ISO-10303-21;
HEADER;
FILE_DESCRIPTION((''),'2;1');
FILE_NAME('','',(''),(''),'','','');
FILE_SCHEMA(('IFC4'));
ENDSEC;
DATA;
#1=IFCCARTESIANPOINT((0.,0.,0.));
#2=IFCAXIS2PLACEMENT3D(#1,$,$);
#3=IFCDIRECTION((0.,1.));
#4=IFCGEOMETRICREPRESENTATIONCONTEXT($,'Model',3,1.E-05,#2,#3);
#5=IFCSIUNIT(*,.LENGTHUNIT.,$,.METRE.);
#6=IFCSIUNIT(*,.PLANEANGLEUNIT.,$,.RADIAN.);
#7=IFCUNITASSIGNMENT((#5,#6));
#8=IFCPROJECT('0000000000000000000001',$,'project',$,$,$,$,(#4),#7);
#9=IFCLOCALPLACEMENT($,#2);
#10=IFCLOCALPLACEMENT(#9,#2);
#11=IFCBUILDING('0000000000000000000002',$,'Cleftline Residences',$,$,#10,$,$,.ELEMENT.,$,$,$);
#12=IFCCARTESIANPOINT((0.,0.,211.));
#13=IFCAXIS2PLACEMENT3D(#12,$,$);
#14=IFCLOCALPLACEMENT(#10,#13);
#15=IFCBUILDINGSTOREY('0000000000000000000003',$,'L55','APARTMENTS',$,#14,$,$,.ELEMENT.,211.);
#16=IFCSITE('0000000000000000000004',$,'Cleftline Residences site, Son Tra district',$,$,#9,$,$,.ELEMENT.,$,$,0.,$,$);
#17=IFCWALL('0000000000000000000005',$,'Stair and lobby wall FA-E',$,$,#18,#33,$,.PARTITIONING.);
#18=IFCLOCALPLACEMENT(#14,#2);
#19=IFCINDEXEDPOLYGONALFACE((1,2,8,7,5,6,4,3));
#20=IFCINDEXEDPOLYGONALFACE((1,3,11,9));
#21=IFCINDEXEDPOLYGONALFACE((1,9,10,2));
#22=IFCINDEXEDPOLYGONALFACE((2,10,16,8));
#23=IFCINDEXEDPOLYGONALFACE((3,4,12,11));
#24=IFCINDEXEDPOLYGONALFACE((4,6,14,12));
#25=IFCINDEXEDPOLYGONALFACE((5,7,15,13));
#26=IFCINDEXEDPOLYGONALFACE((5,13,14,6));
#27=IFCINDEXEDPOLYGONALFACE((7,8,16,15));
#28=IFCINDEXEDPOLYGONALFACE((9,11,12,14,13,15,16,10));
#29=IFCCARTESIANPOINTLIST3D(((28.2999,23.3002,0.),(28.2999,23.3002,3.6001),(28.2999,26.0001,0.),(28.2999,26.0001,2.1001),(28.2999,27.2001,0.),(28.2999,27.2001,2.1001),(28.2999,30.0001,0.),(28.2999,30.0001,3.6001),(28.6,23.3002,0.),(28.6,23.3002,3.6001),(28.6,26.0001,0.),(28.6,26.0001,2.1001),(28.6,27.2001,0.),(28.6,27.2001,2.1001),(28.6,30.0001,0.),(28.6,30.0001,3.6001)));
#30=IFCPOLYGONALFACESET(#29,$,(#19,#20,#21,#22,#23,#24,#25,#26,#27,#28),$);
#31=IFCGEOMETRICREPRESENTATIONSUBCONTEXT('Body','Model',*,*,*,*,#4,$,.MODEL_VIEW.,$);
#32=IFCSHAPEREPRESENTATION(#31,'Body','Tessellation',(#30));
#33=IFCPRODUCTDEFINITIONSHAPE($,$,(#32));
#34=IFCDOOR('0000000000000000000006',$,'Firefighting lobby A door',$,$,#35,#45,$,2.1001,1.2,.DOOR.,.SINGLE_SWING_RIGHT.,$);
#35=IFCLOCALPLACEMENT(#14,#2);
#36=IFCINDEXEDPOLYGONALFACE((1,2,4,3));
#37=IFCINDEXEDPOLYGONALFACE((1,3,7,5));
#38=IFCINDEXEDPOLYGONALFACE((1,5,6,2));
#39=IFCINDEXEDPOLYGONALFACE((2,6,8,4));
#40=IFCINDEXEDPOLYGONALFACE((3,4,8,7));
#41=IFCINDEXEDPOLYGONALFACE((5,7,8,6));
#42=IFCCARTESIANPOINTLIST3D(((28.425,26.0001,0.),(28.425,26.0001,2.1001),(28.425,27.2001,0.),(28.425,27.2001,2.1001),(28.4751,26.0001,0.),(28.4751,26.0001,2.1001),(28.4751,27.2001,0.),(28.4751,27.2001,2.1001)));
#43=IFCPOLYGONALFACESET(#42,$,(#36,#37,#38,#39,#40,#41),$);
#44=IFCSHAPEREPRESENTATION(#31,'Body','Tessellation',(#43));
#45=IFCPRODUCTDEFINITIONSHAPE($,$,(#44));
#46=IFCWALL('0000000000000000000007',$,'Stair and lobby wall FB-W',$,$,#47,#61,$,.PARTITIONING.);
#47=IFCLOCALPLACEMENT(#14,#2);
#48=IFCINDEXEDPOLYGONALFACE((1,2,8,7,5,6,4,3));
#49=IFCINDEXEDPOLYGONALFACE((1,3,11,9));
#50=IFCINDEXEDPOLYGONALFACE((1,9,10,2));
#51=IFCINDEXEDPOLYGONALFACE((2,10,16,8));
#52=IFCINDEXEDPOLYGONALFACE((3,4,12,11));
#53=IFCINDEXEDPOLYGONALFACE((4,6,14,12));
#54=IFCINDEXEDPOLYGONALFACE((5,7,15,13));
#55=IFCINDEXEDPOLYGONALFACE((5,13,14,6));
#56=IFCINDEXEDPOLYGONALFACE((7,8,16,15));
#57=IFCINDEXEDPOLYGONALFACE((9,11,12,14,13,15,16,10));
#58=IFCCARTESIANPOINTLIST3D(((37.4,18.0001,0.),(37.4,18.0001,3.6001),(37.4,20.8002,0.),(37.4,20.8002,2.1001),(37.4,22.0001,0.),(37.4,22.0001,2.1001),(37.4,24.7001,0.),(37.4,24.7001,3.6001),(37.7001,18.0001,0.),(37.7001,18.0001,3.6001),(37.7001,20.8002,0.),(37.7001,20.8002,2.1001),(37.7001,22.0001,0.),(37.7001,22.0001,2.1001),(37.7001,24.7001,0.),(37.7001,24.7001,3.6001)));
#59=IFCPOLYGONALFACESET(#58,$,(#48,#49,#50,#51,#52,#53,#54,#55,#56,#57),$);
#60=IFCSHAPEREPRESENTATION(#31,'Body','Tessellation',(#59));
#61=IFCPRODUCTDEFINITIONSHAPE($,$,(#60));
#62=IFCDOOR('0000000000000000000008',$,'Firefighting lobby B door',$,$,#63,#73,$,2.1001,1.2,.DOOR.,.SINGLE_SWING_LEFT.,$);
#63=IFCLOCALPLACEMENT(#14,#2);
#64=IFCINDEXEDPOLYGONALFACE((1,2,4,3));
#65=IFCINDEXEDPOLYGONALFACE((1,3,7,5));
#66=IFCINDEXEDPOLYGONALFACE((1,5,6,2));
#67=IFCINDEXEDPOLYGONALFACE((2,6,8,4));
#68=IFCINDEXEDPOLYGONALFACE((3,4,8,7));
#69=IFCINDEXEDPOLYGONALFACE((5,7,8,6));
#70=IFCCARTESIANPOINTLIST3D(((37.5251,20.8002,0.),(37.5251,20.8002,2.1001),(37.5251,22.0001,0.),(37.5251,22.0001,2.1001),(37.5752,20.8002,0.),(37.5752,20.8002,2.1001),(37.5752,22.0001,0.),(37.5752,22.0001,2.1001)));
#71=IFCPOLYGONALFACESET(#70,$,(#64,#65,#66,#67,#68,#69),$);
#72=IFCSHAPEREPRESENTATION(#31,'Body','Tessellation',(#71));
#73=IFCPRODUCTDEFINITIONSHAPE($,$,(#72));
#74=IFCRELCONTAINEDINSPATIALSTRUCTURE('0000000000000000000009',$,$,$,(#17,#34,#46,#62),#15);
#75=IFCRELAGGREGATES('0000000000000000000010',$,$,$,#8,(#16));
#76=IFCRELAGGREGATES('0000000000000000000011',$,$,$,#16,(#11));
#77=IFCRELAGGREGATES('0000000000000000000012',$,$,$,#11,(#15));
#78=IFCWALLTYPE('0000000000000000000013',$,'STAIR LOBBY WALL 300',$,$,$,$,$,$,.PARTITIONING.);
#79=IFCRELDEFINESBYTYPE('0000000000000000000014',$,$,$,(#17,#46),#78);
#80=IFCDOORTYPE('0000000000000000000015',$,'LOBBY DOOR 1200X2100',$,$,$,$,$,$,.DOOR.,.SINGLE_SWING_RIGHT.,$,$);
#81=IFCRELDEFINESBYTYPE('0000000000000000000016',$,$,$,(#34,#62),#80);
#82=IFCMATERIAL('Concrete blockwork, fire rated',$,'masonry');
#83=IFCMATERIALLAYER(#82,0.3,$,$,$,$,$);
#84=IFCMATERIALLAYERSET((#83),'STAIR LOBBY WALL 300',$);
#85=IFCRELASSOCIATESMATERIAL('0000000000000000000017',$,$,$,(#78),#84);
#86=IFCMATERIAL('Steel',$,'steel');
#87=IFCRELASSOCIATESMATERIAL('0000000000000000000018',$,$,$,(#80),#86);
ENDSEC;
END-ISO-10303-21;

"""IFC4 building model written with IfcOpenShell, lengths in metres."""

from ifc_helpers import new_model, si_unit, direction, frame, frame_2d, origin, place, context, subcontext, project, spatial, rectangle, extrude, material, layer, layer_set, type_object, element, fill, save


model = new_model("IFC4")

# Units and contexts
model_context = context("Model", 3, precision=1e-05, world=origin(), true_north=direction((0.0, 1.0)))
body_context = subcontext(model_context, "Body", "Model", "MODEL_VIEW")
ifc_project = project(units=[si_unit("LENGTHUNIT", "METRE"), si_unit("PLANEANGLEUNIT", "RADIAN")], contexts=[model_context])

# Site, building, storey
site_placement = place(None, origin())
site = spatial("IfcSite", under=ifc_project, at=site_placement, Name="Cleftline Residences site, Son Tra district", CompositionType="ELEMENT", RefElevation=0.0)
building_placement = place(site_placement, origin())
building = spatial("IfcBuilding", under=site, at=building_placement, Name="Cleftline Residences", CompositionType="ELEMENT")
storey_placement = place(building_placement, frame((0.0, 0.0, 211.0)))
storey = spatial("IfcBuildingStorey", under=building, at=storey_placement, Name="L55", Description="APARTMENTS", CompositionType="ELEMENT", Elevation=211.0)

# Walls, openings, doors
ifc_material_1 = material(Name="Concrete blockwork, fire rated", Category="masonry")
ifc_layer_1 = layer(ifc_material_1, 0.3)
ifc_layer_set_1 = layer_set([ifc_layer_1], Name="STAIR LOBBY WALL 300")
wall_type_1 = type_object("IfcWallType", Name="STAIR LOBBY WALL 300", PredefinedType="PARTITIONING", material=ifc_layer_set_1)
wall_1_placement = place(storey_placement, frame((28.45, 23.3, 0.0), z_axis=(0.0, 0.0, 1.0), x_axis=(0.0, 1.0, 0.0)))
wall_1 = element("IfcWall", 1, at=wall_1_placement, inside=storey, type_object=wall_type_1, Name="Stair and lobby wall FA-E", PredefinedType="PARTITIONING", context=body_context, shape_type="SweptSolid", body=[
    extrude(rectangle(XDim=6.7, YDim=0.3, at=frame_2d((3.3501, 0.0))), origin(), (0.0, 0.0, 1.0), 3.6001),
])
opening_1_placement = place(wall_1_placement, frame((2.7, 0.0, 0.0)))
opening_1 = element("IfcOpeningElement", 2, at=opening_1_placement, cuts=wall_1, PredefinedType="OPENING", context=body_context, shape_type="SweptSolid", body=[
    extrude(rectangle(XDim=1.2, YDim=2.1001, at=frame_2d((0.6001, 1.05))), frame((0.0, 0.1599, 0.0), z_axis=(0.0, -1.0, 0.0), x_axis=(1.0, 0.0, 0.0)), (0.0, 0.0, 1.0), 0.3201),
])
ifc_material_2 = material(Name="Steel", Category="steel")
door_type_1 = type_object("IfcDoorType", Name="LOBBY DOOR 1200X2100", OperationType="SINGLE_SWING_RIGHT", PredefinedType="DOOR", material=ifc_material_2)
door_1_placement = place(opening_1_placement, origin())
door_1 = element("IfcDoor", 3, at=door_1_placement, inside=storey, type_object=door_type_1, Name="Firefighting lobby A door", OperationType="SINGLE_SWING_RIGHT", OverallHeight=2.1001, OverallWidth=1.2, PredefinedType="DOOR", context=body_context, shape_type="SweptSolid", body=[
    extrude(rectangle(XDim=1.2, YDim=2.1001, at=frame_2d((0.6001, 1.05))), frame((0.0, 0.0249, 0.0), z_axis=(0.0, -1.0, 0.0), x_axis=(1.0, 0.0, 0.0)), (0.0, 0.0, 1.0), 0.05),
])
fill(opening_1, door_1)
wall_2_placement = place(storey_placement, frame((37.55, 18.0, 0.0), z_axis=(0.0, 0.0, 1.0), x_axis=(0.0, 1.0, 0.0)))
wall_2 = element("IfcWall", 4, at=wall_2_placement, inside=storey, type_object=wall_type_1, Name="Stair and lobby wall FB-W", PredefinedType="PARTITIONING", context=body_context, shape_type="SweptSolid", body=[
    extrude(rectangle(XDim=6.7, YDim=0.3, at=frame_2d((3.3501, 0.0))), origin(), (0.0, 0.0, 1.0), 3.6001),
])
opening_2_placement = place(wall_2_placement, frame((2.8, 0.0, 0.0)))
opening_2 = element("IfcOpeningElement", 5, at=opening_2_placement, cuts=wall_2, PredefinedType="OPENING", context=body_context, shape_type="SweptSolid", body=[
    extrude(rectangle(XDim=1.2, YDim=2.1001, at=frame_2d((0.6001, 1.05))), frame((0.0, 0.1599, 0.0), z_axis=(0.0, -1.0, 0.0), x_axis=(1.0, 0.0, 0.0)), (0.0, 0.0, 1.0), 0.3201),
])
door_2_placement = place(opening_2_placement, origin())
door_2 = element("IfcDoor", 6, at=door_2_placement, inside=storey, type_object=door_type_1, Name="Firefighting lobby B door", OperationType="SINGLE_SWING_LEFT", OverallHeight=2.1001, OverallWidth=1.2, PredefinedType="DOOR", context=body_context, shape_type="SweptSolid", body=[
    extrude(rectangle(XDim=1.2, YDim=2.1001, at=frame_2d((0.6001, 1.05))), frame((0.0, 0.0249, 0.0), z_axis=(0.0, -1.0, 0.0), x_axis=(1.0, 0.0, 0.0)), (0.0, 0.0, 1.0), 0.05),
])
fill(opening_2, door_2)

save(model, "model.ifc")
